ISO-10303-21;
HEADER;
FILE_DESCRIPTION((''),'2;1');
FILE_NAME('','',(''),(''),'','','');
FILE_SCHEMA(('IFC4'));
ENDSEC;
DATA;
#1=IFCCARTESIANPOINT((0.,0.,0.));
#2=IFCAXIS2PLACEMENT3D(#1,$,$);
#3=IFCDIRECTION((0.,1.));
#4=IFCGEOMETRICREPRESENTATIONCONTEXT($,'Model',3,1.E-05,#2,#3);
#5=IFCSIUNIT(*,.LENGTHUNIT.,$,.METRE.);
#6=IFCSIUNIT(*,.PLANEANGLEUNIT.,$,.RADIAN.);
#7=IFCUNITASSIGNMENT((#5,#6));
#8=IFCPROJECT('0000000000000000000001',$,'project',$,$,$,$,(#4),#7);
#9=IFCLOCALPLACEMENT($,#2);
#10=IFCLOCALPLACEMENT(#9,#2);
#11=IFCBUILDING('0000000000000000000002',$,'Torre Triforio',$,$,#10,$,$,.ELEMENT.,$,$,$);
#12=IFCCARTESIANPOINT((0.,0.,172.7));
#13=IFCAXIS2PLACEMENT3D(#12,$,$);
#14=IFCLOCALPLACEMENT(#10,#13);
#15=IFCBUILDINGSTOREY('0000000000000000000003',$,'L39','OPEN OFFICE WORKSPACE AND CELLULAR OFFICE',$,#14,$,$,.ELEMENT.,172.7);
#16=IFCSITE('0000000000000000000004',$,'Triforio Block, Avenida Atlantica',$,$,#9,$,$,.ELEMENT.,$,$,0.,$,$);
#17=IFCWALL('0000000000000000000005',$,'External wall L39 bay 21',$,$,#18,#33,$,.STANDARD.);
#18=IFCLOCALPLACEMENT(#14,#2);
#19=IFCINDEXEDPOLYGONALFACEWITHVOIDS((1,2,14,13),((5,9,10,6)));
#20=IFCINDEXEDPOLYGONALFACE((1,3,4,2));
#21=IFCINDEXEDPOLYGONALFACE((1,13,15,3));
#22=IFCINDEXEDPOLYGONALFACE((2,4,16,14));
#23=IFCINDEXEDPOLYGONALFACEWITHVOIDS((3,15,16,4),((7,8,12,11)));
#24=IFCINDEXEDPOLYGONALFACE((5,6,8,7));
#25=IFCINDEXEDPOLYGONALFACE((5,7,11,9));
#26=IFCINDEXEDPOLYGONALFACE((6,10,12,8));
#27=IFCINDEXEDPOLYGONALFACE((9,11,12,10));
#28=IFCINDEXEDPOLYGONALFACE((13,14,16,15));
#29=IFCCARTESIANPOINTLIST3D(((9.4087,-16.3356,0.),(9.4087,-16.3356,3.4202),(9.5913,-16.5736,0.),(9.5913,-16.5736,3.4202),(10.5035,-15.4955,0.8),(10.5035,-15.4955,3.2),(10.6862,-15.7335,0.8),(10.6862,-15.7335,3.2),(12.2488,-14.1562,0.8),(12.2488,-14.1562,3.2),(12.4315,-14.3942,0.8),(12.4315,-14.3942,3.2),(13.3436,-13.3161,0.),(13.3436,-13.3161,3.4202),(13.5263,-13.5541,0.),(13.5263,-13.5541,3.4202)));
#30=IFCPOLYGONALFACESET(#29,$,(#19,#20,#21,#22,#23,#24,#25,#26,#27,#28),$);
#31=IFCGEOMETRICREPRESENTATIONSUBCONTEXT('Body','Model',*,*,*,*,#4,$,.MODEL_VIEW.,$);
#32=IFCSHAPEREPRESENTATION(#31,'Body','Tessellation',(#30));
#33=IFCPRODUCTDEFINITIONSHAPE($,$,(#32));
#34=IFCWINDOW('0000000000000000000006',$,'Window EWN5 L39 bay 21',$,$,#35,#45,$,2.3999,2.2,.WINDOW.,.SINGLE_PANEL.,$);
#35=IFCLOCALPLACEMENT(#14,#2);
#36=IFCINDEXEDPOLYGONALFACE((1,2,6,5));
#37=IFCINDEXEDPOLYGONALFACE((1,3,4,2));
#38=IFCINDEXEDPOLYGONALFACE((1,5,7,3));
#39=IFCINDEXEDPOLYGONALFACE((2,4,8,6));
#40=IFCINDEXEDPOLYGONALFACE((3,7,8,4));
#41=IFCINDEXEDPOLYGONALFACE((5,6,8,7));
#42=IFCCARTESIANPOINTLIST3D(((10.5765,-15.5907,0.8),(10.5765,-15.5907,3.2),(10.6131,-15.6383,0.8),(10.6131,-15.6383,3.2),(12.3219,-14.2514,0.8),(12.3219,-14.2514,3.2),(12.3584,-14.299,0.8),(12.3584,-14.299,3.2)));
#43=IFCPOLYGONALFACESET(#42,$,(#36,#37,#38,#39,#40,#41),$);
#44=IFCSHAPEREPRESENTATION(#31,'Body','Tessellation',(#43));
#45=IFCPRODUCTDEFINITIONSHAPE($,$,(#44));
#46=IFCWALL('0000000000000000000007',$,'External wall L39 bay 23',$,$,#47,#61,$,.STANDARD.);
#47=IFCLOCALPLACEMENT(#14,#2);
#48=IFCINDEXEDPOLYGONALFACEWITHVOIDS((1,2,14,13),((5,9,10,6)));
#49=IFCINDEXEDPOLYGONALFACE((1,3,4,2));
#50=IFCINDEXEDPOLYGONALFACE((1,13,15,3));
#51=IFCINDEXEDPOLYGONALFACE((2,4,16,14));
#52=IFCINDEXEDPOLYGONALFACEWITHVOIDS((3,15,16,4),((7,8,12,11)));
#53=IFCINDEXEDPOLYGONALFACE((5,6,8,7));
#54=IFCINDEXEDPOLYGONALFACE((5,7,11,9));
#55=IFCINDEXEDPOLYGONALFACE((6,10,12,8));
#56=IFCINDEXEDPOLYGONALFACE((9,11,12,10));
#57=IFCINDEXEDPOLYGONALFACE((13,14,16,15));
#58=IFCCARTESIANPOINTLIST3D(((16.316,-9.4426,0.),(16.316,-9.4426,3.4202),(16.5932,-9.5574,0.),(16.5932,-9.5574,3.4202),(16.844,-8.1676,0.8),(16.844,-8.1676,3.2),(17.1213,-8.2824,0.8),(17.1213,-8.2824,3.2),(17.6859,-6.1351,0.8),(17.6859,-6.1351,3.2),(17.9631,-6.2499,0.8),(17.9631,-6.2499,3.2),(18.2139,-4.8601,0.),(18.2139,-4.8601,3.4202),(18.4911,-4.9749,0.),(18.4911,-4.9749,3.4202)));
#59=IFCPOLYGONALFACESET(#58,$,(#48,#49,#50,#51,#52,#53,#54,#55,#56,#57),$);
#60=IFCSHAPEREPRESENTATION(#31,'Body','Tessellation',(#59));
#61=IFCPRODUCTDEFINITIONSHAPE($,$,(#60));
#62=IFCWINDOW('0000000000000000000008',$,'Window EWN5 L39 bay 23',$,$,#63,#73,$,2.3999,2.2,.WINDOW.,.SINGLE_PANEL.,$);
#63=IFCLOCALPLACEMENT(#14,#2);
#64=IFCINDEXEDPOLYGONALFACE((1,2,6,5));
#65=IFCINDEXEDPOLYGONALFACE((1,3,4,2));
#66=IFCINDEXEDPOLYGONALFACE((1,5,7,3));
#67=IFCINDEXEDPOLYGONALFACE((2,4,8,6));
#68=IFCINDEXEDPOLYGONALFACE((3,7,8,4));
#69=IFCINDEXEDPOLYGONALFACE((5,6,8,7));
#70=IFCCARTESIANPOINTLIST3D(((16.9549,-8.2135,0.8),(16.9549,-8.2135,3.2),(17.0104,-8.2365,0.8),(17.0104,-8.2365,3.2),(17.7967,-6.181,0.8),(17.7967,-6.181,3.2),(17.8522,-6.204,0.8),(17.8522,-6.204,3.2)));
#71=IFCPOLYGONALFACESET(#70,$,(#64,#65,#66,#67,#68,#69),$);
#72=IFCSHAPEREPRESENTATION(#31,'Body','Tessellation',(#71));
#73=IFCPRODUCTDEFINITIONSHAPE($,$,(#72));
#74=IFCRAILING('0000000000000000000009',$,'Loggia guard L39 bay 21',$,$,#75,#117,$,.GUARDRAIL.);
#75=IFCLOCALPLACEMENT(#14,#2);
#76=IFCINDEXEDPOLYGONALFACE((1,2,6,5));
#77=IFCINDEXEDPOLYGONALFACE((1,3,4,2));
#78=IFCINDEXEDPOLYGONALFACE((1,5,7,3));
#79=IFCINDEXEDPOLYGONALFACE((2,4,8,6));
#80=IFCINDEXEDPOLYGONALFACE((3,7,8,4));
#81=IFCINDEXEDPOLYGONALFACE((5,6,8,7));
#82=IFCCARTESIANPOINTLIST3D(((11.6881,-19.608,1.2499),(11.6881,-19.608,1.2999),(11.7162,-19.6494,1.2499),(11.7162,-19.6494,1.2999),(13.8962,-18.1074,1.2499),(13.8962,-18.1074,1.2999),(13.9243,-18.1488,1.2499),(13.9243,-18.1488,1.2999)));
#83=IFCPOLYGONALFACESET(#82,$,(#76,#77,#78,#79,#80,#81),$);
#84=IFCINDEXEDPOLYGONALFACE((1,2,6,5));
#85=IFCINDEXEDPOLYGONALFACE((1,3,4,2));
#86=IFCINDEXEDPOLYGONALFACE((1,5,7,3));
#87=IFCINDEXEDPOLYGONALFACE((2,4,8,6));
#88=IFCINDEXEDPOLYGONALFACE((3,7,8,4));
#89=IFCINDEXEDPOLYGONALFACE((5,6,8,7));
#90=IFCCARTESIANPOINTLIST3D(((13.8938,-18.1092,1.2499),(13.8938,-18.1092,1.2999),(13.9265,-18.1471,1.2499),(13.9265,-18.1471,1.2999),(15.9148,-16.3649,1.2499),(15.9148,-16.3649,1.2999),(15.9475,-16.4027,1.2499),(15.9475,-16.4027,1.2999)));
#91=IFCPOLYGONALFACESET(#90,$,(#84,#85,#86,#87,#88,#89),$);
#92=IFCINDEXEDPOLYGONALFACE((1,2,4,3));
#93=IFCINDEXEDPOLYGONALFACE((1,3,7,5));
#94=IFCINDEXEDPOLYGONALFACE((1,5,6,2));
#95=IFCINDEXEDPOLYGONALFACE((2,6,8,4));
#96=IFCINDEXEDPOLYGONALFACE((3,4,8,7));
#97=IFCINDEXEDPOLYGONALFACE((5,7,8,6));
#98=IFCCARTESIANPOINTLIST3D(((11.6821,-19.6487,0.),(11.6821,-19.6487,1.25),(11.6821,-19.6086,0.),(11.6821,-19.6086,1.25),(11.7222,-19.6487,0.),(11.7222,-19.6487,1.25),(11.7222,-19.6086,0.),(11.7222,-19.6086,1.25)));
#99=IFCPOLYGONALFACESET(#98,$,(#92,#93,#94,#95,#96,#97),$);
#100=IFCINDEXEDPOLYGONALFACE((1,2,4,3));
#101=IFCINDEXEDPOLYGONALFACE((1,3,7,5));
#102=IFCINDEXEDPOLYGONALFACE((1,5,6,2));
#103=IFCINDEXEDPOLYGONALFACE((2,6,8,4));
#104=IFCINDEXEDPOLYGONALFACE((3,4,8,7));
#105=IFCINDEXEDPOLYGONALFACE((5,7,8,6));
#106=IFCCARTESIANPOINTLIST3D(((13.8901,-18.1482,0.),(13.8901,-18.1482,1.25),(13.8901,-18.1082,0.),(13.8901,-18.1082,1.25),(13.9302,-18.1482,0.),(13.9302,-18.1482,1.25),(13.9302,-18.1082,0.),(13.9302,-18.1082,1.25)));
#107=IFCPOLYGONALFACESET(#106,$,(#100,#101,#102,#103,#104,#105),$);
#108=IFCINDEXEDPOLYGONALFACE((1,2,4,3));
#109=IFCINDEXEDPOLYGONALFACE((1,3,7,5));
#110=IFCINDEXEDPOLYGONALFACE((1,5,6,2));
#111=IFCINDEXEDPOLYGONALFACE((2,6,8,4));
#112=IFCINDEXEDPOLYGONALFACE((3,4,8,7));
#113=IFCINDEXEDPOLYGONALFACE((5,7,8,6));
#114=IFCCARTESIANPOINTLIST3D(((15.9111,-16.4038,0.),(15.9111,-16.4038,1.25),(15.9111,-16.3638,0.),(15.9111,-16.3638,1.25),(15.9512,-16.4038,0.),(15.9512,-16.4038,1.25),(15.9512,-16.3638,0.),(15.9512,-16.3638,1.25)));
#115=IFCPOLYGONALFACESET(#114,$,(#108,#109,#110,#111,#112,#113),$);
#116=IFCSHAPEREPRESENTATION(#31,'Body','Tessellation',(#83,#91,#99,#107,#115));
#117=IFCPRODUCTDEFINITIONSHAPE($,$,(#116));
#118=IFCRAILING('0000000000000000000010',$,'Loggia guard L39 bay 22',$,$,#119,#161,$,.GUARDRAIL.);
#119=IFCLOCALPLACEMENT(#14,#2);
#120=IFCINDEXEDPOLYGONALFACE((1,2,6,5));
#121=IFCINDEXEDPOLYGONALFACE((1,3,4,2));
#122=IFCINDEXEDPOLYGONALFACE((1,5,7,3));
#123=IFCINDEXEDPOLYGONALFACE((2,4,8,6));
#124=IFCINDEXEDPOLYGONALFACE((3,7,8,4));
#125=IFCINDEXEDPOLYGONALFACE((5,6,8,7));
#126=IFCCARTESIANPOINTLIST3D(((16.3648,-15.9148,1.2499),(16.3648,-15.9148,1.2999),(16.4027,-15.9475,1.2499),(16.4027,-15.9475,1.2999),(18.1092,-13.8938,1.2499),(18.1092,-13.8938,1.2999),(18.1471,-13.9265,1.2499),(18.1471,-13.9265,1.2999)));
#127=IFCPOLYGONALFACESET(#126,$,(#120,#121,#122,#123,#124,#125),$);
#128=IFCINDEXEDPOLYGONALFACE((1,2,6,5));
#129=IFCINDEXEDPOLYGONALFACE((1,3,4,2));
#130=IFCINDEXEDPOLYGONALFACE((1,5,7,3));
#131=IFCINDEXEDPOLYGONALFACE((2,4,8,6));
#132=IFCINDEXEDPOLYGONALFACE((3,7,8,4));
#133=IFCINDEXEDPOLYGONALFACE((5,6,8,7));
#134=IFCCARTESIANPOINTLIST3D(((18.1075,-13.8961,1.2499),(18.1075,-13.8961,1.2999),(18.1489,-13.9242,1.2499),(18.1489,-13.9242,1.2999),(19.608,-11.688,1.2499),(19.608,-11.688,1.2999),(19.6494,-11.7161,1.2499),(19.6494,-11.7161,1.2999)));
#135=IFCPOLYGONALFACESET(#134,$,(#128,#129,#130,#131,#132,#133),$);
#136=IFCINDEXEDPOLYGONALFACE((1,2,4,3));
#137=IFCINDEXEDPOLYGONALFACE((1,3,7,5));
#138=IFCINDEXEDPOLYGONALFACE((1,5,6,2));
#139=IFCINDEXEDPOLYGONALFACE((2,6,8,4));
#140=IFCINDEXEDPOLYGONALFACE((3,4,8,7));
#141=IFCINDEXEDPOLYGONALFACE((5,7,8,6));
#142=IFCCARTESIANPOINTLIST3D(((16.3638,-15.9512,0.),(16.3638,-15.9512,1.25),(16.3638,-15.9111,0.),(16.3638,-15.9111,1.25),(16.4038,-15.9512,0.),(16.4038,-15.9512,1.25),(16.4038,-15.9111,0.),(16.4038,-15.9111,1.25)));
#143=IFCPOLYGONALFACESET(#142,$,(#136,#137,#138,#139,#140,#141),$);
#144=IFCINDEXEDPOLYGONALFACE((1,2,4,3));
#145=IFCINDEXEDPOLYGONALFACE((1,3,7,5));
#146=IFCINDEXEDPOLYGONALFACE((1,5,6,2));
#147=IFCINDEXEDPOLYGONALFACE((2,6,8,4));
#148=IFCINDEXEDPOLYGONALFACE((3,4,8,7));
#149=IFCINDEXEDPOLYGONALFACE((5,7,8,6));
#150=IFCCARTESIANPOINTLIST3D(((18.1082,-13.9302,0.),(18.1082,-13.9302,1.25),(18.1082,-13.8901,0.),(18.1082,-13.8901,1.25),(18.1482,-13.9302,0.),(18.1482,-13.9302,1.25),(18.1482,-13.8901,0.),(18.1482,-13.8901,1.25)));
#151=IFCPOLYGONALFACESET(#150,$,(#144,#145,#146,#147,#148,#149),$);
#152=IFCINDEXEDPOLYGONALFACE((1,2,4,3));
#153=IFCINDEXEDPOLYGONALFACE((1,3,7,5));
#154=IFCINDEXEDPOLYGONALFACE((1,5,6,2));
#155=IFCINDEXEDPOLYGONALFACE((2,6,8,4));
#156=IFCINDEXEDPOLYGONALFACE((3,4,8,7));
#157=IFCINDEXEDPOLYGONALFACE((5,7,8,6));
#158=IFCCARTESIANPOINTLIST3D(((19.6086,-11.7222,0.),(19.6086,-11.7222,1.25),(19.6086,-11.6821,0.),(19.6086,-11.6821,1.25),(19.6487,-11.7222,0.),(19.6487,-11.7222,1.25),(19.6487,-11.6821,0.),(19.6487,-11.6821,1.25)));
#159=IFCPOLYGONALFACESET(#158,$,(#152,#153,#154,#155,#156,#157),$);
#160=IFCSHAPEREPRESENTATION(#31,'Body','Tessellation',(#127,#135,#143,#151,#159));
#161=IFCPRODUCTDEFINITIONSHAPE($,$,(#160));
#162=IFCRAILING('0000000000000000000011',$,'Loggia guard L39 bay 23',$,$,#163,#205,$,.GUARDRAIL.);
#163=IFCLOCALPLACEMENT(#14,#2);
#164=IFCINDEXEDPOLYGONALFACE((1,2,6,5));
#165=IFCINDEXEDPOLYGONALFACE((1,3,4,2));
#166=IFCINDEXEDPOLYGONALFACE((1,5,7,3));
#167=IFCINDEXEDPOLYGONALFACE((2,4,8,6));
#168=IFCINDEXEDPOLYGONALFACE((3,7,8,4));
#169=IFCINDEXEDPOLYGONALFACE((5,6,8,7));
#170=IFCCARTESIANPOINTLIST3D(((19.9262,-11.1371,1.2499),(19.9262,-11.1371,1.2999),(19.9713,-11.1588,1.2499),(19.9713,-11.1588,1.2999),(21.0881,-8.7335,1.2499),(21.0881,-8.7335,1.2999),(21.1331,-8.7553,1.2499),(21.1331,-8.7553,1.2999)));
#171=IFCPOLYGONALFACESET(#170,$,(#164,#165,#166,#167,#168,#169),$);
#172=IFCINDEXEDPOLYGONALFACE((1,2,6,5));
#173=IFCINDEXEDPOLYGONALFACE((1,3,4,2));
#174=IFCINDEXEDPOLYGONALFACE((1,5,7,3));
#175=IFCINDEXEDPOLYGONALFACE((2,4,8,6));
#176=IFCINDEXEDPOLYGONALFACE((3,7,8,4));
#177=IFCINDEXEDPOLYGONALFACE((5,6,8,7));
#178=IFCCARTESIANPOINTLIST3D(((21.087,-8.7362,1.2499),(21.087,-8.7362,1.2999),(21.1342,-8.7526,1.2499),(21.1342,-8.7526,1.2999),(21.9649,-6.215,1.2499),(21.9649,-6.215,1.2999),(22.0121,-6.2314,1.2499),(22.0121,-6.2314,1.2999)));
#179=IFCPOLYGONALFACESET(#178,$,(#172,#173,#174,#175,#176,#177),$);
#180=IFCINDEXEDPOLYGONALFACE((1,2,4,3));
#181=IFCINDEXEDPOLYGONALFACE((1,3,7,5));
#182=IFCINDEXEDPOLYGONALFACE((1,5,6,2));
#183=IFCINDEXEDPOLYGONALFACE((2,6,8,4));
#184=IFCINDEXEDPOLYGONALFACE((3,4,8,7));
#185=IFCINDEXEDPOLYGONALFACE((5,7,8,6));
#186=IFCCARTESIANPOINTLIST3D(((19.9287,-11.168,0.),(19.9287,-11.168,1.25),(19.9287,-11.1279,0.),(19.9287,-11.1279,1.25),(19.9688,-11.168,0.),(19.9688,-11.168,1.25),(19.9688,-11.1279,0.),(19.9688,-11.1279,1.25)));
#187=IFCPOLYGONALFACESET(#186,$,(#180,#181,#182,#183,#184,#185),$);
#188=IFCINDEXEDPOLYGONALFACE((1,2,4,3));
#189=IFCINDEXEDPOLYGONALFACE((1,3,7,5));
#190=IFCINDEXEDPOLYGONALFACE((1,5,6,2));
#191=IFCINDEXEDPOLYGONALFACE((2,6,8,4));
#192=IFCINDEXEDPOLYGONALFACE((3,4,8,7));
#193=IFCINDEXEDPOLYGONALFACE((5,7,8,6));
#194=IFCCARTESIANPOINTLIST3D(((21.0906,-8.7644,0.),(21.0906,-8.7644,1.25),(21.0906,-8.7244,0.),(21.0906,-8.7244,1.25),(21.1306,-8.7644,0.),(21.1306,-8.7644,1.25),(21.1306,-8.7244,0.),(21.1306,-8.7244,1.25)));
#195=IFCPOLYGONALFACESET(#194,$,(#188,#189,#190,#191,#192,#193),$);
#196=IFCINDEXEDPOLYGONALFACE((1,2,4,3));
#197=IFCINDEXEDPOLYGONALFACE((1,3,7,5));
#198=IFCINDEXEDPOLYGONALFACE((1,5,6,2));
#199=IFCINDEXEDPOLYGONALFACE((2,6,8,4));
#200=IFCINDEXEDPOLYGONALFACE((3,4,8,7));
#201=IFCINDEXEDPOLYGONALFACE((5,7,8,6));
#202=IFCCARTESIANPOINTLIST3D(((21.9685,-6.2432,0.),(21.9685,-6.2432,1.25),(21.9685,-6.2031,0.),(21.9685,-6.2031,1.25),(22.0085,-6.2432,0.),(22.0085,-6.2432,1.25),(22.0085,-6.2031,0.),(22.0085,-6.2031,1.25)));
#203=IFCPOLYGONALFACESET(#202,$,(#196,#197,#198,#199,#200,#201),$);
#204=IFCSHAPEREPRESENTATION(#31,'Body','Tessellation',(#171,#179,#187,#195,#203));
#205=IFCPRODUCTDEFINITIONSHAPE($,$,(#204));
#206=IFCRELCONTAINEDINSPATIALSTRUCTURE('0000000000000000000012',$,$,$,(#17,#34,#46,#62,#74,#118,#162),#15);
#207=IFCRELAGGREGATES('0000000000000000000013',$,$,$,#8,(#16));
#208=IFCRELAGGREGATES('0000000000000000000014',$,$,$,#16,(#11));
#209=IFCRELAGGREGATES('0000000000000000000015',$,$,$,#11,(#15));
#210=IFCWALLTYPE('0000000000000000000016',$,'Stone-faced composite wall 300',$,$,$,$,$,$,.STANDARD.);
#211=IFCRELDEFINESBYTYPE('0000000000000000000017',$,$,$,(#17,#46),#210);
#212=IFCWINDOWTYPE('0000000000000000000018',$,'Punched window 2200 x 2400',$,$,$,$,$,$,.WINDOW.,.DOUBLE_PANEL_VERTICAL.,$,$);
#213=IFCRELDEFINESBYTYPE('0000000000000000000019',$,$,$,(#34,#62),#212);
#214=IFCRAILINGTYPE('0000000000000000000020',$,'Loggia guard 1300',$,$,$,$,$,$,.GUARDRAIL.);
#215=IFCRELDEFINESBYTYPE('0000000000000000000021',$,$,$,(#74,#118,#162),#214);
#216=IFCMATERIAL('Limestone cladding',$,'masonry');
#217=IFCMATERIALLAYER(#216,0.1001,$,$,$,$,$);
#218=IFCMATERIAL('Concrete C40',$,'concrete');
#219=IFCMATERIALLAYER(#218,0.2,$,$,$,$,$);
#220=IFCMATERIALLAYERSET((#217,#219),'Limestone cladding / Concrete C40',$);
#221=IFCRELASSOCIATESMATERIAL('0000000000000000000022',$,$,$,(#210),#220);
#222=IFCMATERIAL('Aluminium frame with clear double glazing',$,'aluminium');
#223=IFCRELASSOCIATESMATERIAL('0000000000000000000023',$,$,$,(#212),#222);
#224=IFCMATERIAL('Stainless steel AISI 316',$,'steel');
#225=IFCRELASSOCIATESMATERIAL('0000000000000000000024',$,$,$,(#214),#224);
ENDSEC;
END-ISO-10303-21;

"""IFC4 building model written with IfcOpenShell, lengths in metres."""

from ifc_helpers import new_model, si_unit, direction, frame, frame_2d, origin, origin_2d, place, context, subcontext, project, spatial, rectangle, extrude, material, layer, layer_set, type_object, element, fill, save


model = new_model("IFC4")

# Units and contexts
model_context = context("Model", 3, precision=1e-05, world=origin(), true_north=direction((0.0, 1.0)))
body_context = subcontext(model_context, "Body", "Model", "MODEL_VIEW")
ifc_project = project(units=[si_unit("LENGTHUNIT", "METRE"), si_unit("PLANEANGLEUNIT", "RADIAN")], contexts=[model_context])

# Site, building, storey
site_placement = place(None, origin())
site = spatial("IfcSite", under=ifc_project, at=site_placement, Name="Triforio Block, Avenida Atlantica", CompositionType="ELEMENT", RefElevation=0.0)
building_placement = place(site_placement, origin())
building = spatial("IfcBuilding", under=site, at=building_placement, Name="Torre Triforio", CompositionType="ELEMENT")
storey_placement = place(building_placement, frame((0.0, 0.0, 172.7)))
storey = spatial("IfcBuildingStorey", under=building, at=storey_placement, Name="L39", Description="OPEN OFFICE WORKSPACE AND CELLULAR OFFICE", CompositionType="ELEMENT", Elevation=172.7)

# Shared definitions
ifc_material_1 = material(Name="Concrete C40", Category="concrete")

# Shared definitions
ifc_material_2 = material(Name="Limestone cladding", Category="masonry")

# Wall, opening, window
ifc_layer_1 = layer(ifc_material_2, 0.1001)
ifc_layer_2 = layer(ifc_material_1, 0.2)
ifc_layer_set_1 = layer_set([ifc_layer_1, ifc_layer_2], Name="Limestone cladding / Concrete C40")
wall_type_1 = type_object("IfcWallType", Name="Stone-faced composite wall 300", PredefinedType="STANDARD", material=ifc_layer_set_1)
wall_1_placement = place(storey_placement, frame((9.5, -16.4546, 0.0), z_axis=(0.0, 0.0, 1.0), x_axis=(0.793348, 0.608768, 0.0)))
wall_1 = element("IfcWall", 1, at=wall_1_placement, inside=storey, type_object=wall_type_1, Name="External wall L39 bay 21", PredefinedType="STANDARD", context=body_context, shape_type="SweptSolid", body=[
    extrude(rectangle(XDim=4.96, YDim=0.3, at=frame_2d((2.48, 0.0))), origin(), (0.0, 0.0, 1.0), 3.4202),
])
opening_1_placement = place(wall_1_placement, frame((1.3799, 0.0, 0.8)))
opening_1 = element("IfcOpeningElement", 2, at=opening_1_placement, cuts=wall_1, PredefinedType="OPENING", context=body_context, shape_type="SweptSolid", body=[
    extrude(rectangle(XDim=2.2, YDim=2.3999, at=frame_2d((1.1001, 1.2))), frame((0.0, 0.1599, 0.0), z_axis=(0.0, -1.0, 0.0), x_axis=(1.0, 0.0, 0.0)), (0.0, 0.0, 1.0), 0.3201),
])
ifc_material_3 = material(Name="Aluminium frame with clear double glazing", Category="aluminium")
window_type_1 = type_object("IfcWindowType", Name="Punched window 2200 x 2400", PartitioningType="DOUBLE_PANEL_VERTICAL", PredefinedType="WINDOW", material=ifc_material_3)
window_1_placement = place(opening_1_placement, origin())
window_1 = element("IfcWindow", 3, at=window_1_placement, inside=storey, type_object=window_type_1, Name="Window EWN5 L39 bay 21", OverallHeight=2.3999, OverallWidth=2.2, PartitioningType="SINGLE_PANEL", PredefinedType="WINDOW", context=body_context, shape_type="SweptSolid", body=[
    extrude(rectangle(XDim=2.2, YDim=2.3999, at=frame_2d((1.1001, 1.2))), frame((0.0, 0.03, 0.0), z_axis=(0.0, -1.0, 0.0), x_axis=(1.0, 0.0, 0.0)), (0.0, 0.0, 1.0), 0.0601),
])
fill(opening_1, window_1)

# Wall, opening, window
wall_2_placement = place(storey_placement, frame((16.4546, -9.5, 0.0), z_axis=(0.0, 0.0, 1.0), x_axis=(0.38265, 0.923893, 0.0)))
wall_2 = element("IfcWall", 4, at=wall_2_placement, inside=storey, type_object=wall_type_1, Name="External wall L39 bay 23", PredefinedType="STANDARD", context=body_context, shape_type="SweptSolid", body=[
    extrude(rectangle(XDim=4.96, YDim=0.3, at=frame_2d((2.48, 0.0))), origin(), (0.0, 0.0, 1.0), 3.4202),
])
opening_2_placement = place(wall_2_placement, frame((1.3799, 0.0, 0.8)))
opening_2 = element("IfcOpeningElement", 5, at=opening_2_placement, cuts=wall_2, PredefinedType="OPENING", context=body_context, shape_type="SweptSolid", body=[
    extrude(rectangle(XDim=2.2, YDim=2.3999, at=frame_2d((1.1001, 1.2))), frame((0.0, 0.1599, 0.0), z_axis=(0.0, -1.0, 0.0), x_axis=(1.0, 0.0, 0.0)), (0.0, 0.0, 1.0), 0.3201),
])
window_2_placement = place(opening_2_placement, origin())
window_2 = element("IfcWindow", 6, at=window_2_placement, inside=storey, type_object=window_type_1, Name="Window EWN5 L39 bay 23", OverallHeight=2.3999, OverallWidth=2.2, PartitioningType="SINGLE_PANEL", PredefinedType="WINDOW", context=body_context, shape_type="SweptSolid", body=[
    extrude(rectangle(XDim=2.2, YDim=2.3999, at=frame_2d((1.1001, 1.2))), frame((0.0, 0.03, 0.0), z_axis=(0.0, -1.0, 0.0), x_axis=(1.0, 0.0, 0.0)), (0.0, 0.0, 1.0), 0.0601),
])
fill(opening_2, window_2)

# Railings
ifc_material_4 = material(Name="Stainless steel AISI 316", Category="steel")
railing_type = type_object("IfcRailingType", Name="Loggia guard 1300", PredefinedType="GUARDRAIL", material=ifc_material_4)
railing_1_placement = place(storey_placement, frame((11.7021, -19.6287, 0.0)))
element("IfcRailing", 7, at=railing_1_placement, inside=storey, type_object=railing_type, Name="Loggia guard L39 bay 21", PredefinedType="GUARDRAIL", context=body_context, shape_type="SweptSolid", body=[
    extrude(rectangle(XDim=0.05, YDim=0.05, at=origin_2d()), frame((0.0, 0.0, 1.2749), z_axis=(0.827093, 0.562065, 0.0), x_axis=(-0.562065, 0.827093, 0.0)), (0.0, 0.0, 1.0), 2.6697),
    extrude(rectangle(XDim=0.05, YDim=0.05, at=origin_2d()), frame((2.208, 1.5005, 1.2749), z_axis=(0.757012, 0.653401, 0.0), x_axis=(-0.653401, 0.757012, 0.0)), (0.0, 0.0, 1.0), 2.6697),
    extrude(rectangle(XDim=0.04, YDim=0.04, at=origin_2d()), origin(), (0.0, 0.0, 1.0), 1.25),
    extrude(rectangle(XDim=0.04, YDim=0.04, at=origin_2d()), frame((2.208, 1.5005, 0.0)), (0.0, 0.0, 1.0), 1.25),
    extrude(rectangle(XDim=0.04, YDim=0.04, at=origin_2d()), frame((4.229, 3.2449, 0.0)), (0.0, 0.0, 1.0), 1.25),
])
railing_2_placement = place(storey_placement, frame((16.3838, -15.9312, 0.0)))
element("IfcRailing", 8, at=railing_2_placement, inside=storey, type_object=railing_type, Name="Loggia guard L39 bay 22", PredefinedType="GUARDRAIL", context=body_context, shape_type="SweptSolid", body=[
    extrude(rectangle(XDim=0.05, YDim=0.05, at=origin_2d()), frame((0.0, 0.0, 1.2749), z_axis=(0.653401, 0.757012, 0.0), x_axis=(-0.757012, 0.653401, 0.0)), (0.0, 0.0, 1.0), 2.6697),
    extrude(rectangle(XDim=0.05, YDim=0.05, at=origin_2d()), frame((1.7444, 2.021, 1.2749), z_axis=(0.562065, 0.827093, 0.0), x_axis=(-0.827093, 0.562065, 0.0)), (0.0, 0.0, 1.0), 2.6697),
    extrude(rectangle(XDim=0.04, YDim=0.04, at=origin_2d()), origin(), (0.0, 0.0, 1.0), 1.25),
    extrude(rectangle(XDim=0.04, YDim=0.04, at=origin_2d()), frame((1.7444, 2.021, 0.0)), (0.0, 0.0, 1.0), 1.25),
    extrude(rectangle(XDim=0.04, YDim=0.04, at=origin_2d()), frame((3.2449, 4.229, 0.0)), (0.0, 0.0, 1.0), 1.25),
])
railing_3_placement = place(storey_placement, frame((19.9487, -11.1479, 0.0)))
element("IfcRailing", 9, at=railing_3_placement, inside=storey, type_object=railing_type, Name="Loggia guard L39 bay 23", PredefinedType="GUARDRAIL", context=body_context, shape_type="SweptSolid", body=[
    extrude(rectangle(XDim=0.05, YDim=0.05, at=origin_2d()), frame((0.0, 0.0, 1.2749), z_axis=(0.435212, 0.900328, 0.0), x_axis=(-0.900328, 0.435212, 0.0)), (0.0, 0.0, 1.0), 2.6697),
    extrude(rectangle(XDim=0.05, YDim=0.05, at=origin_2d()), frame((1.1619, 2.4036, 1.2749), z_axis=(0.328847, 0.944383, 0.0), x_axis=(-0.944383, 0.328847, 0.0)), (0.0, 0.0, 1.0), 2.6697),
    extrude(rectangle(XDim=0.04, YDim=0.04, at=origin_2d()), origin(), (0.0, 0.0, 1.0), 1.25),
    extrude(rectangle(XDim=0.04, YDim=0.04, at=origin_2d()), frame((1.1619, 2.4036, 0.0)), (0.0, 0.0, 1.0), 1.25),
    extrude(rectangle(XDim=0.04, YDim=0.04, at=origin_2d()), frame((2.0398, 4.9248, 0.0)), (0.0, 0.0, 1.0), 1.25),
])

save(model, "model.ifc")
